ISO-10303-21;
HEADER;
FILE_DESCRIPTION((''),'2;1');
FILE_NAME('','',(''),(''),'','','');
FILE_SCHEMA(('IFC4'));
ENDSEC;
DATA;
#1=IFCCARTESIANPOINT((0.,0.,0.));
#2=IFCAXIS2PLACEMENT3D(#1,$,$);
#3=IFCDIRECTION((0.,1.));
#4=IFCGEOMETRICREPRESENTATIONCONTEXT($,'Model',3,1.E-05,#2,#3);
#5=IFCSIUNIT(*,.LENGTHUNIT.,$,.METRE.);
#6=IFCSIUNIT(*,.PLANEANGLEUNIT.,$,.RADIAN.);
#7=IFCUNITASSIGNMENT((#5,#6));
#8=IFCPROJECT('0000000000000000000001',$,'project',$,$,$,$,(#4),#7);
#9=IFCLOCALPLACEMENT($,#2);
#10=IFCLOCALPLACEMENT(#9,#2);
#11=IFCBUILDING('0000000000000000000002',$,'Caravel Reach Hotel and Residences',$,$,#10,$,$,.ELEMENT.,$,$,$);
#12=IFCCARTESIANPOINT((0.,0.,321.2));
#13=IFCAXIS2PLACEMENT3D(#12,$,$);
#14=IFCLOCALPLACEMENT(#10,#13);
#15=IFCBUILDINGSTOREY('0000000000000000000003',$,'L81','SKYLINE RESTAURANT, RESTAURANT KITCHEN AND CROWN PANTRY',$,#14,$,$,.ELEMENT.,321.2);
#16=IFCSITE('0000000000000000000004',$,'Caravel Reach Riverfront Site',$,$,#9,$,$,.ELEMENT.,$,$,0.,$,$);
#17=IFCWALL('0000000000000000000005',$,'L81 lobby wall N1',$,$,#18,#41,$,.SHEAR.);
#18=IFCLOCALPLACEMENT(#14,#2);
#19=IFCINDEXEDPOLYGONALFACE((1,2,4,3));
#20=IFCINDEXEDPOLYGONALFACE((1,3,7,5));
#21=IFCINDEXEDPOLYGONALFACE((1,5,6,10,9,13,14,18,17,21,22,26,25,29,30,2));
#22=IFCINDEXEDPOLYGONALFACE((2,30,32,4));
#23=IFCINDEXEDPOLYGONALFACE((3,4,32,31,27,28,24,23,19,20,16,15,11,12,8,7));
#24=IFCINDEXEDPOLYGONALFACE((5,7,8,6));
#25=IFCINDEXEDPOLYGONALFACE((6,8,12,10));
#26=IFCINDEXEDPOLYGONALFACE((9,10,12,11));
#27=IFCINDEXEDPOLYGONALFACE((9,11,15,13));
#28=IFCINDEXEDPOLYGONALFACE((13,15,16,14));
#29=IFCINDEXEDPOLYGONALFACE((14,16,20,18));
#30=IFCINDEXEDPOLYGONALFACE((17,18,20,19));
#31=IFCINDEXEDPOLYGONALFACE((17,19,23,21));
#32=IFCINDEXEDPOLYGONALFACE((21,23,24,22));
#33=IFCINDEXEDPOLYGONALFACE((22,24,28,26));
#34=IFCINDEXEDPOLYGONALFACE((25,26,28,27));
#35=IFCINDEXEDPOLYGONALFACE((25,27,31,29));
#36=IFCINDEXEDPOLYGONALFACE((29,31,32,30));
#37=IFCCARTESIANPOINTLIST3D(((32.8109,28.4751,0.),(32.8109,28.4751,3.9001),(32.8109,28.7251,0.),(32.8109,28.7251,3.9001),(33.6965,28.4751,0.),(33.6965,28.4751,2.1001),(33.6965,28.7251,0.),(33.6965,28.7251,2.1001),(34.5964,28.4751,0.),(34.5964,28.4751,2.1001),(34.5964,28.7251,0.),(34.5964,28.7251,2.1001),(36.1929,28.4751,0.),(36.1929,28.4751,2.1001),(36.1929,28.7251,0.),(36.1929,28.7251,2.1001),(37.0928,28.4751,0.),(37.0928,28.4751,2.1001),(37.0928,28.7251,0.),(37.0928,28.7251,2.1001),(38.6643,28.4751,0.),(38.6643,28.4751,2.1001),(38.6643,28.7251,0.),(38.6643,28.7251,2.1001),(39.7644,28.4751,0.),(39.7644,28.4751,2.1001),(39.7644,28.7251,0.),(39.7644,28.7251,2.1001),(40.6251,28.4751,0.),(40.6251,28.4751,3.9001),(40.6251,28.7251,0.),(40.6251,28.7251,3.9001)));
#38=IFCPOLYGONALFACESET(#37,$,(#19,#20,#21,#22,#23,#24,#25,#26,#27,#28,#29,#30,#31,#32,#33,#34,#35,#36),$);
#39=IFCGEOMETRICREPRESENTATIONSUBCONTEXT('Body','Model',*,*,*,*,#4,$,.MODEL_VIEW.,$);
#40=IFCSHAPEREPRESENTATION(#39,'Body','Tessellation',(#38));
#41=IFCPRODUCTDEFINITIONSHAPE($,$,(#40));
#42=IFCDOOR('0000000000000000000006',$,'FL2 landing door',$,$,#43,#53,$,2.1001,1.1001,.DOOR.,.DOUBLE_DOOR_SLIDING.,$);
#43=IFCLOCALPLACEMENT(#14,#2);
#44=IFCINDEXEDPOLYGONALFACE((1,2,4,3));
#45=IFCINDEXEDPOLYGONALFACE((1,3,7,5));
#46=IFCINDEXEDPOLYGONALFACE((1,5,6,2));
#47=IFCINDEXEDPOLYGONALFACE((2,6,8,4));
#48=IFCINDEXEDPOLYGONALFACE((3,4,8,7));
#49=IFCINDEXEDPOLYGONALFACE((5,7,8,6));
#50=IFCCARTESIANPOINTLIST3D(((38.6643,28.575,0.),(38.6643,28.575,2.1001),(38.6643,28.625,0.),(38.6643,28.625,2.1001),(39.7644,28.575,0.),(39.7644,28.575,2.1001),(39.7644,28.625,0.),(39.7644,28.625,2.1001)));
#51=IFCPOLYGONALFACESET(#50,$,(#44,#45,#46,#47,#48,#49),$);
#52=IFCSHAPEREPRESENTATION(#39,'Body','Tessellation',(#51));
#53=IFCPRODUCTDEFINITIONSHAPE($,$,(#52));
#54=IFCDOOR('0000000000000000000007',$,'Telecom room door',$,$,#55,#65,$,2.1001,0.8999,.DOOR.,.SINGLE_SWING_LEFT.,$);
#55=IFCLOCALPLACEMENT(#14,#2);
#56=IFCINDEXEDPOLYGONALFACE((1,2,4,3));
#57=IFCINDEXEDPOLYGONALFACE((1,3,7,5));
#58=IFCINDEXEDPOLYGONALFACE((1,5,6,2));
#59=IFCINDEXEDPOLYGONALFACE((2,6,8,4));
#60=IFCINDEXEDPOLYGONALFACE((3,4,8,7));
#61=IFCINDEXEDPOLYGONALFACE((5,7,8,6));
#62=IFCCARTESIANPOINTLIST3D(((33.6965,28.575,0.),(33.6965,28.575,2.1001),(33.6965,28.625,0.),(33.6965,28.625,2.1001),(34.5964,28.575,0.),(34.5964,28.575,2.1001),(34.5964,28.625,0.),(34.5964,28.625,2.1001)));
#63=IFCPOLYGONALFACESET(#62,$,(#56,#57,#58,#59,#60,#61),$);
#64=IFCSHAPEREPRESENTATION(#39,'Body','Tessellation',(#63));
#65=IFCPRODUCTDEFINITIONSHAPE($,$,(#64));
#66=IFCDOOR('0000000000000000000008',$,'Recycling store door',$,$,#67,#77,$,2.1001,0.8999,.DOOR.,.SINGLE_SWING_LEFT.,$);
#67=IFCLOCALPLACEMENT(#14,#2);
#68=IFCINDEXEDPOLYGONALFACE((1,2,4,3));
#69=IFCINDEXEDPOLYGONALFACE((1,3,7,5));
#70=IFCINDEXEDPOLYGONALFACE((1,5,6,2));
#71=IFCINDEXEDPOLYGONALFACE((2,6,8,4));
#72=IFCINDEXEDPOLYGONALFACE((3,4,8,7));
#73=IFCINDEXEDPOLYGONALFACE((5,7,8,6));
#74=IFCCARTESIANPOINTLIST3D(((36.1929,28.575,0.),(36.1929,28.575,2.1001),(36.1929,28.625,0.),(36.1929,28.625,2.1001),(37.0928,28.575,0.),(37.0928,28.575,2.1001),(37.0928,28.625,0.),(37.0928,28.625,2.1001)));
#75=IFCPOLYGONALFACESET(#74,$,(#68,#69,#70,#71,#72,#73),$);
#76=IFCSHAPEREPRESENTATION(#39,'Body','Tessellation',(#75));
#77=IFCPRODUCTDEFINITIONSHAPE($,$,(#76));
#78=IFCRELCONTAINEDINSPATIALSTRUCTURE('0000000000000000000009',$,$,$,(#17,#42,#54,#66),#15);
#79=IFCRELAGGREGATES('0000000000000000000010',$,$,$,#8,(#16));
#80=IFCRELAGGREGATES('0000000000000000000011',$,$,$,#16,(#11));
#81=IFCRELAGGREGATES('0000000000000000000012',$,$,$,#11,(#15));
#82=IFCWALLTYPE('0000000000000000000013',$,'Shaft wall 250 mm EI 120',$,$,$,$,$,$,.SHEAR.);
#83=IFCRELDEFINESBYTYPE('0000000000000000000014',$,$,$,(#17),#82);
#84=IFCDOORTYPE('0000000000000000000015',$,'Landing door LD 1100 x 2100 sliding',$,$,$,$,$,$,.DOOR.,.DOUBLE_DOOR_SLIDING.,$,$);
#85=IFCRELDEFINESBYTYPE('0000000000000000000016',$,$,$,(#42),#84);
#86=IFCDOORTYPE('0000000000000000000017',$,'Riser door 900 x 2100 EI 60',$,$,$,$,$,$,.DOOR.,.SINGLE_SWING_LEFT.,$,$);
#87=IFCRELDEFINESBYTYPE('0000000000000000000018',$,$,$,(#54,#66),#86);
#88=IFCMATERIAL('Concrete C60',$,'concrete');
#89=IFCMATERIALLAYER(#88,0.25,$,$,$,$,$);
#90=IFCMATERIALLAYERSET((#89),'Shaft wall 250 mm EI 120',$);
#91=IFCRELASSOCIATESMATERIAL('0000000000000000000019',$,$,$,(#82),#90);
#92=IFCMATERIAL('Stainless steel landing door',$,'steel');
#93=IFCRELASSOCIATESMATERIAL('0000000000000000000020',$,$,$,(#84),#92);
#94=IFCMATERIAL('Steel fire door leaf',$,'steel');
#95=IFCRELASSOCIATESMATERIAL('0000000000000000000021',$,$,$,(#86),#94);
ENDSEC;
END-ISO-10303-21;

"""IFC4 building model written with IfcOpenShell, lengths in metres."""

from ifc_helpers import new_model, si_unit, direction, frame, frame_2d, origin, place, context, subcontext, project, spatial, rectangle, extrude, material, layer, layer_set, type_object, element, fill, save


model = new_model("IFC4")

# Units and contexts
model_context = context("Model", 3, precision=1e-05, world=origin(), true_north=direction((0.0, 1.0)))
body_context = subcontext(model_context, "Body", "Model", "MODEL_VIEW")
ifc_project = project(units=[si_unit("LENGTHUNIT", "METRE"), si_unit("PLANEANGLEUNIT", "RADIAN")], contexts=[model_context])

# Site, building, storey
site_placement = place(None, origin())
site = spatial("IfcSite", under=ifc_project, at=site_placement, Name="Caravel Reach Riverfront Site", CompositionType="ELEMENT", RefElevation=0.0)
building_placement = place(site_placement, origin())
building = spatial("IfcBuilding", under=site, at=building_placement, Name="Caravel Reach Hotel and Residences", CompositionType="ELEMENT")
storey_placement = place(building_placement, frame((0.0, 0.0, 321.2)))
storey = spatial("IfcBuildingStorey", under=building, at=storey_placement, Name="L81", Description="SKYLINE RESTAURANT, RESTAURANT KITCHEN AND CROWN PANTRY", CompositionType="ELEMENT", Elevation=321.2)

# Wall, openings, doors
ifc_material_1 = material(Name="Concrete C60", Category="concrete")
ifc_layer_1 = layer(ifc_material_1, 0.25)
ifc_layer_set_1 = layer_set([ifc_layer_1], Name="Shaft wall 250 mm EI 120")
wall_type_1 = type_object("IfcWallType", Name="Shaft wall 250 mm EI 120", PredefinedType="SHEAR", material=ifc_layer_set_1)
wall_1_placement = place(storey_placement, frame((32.8108, 28.6001, 0.0), z_axis=(0.0, 0.0, 1.0), x_axis=(1.0, 0.0, 0.0)))
wall_1 = element("IfcWall", 1, at=wall_1_placement, inside=storey, type_object=wall_type_1, Name="L81 lobby wall N1", PredefinedType="SHEAR", context=body_context, shape_type="SweptSolid", body=[
    extrude(rectangle(XDim=7.8142, YDim=0.25, at=frame_2d((3.9072, 0.0))), origin(), (0.0, 0.0, 1.0), 3.9001),
])
opening_1_placement = place(wall_1_placement, frame((5.8535, 0.0, 0.0)))
opening_1 = element("IfcOpeningElement", 2, at=opening_1_placement, cuts=wall_1, PredefinedType="OPENING", context=body_context, shape_type="SweptSolid", body=[
    extrude(rectangle(XDim=1.1001, YDim=2.1001, at=frame_2d((0.55, 1.05))), frame((0.0, 0.135, 0.0), z_axis=(0.0, -1.0, 0.0), x_axis=(1.0, 0.0, 0.0)), (0.0, 0.0, 1.0), 0.27),
])
opening_2_placement = place(wall_1_placement, frame((0.8857, 0.0, 0.0)))
opening_2 = element("IfcOpeningElement", 3, at=opening_2_placement, cuts=wall_1, PredefinedType="OPENING", context=body_context, shape_type="SweptSolid", body=[
    extrude(rectangle(XDim=0.8999, YDim=2.1001, at=frame_2d((0.45, 1.05))), frame((0.0, 0.135, 0.0), z_axis=(0.0, -1.0, 0.0), x_axis=(1.0, 0.0, 0.0)), (0.0, 0.0, 1.0), 0.27),
])
opening_3_placement = place(wall_1_placement, frame((3.3821, 0.0, 0.0)))
opening_3 = element("IfcOpeningElement", 4, at=opening_3_placement, cuts=wall_1, PredefinedType="OPENING", context=body_context, shape_type="SweptSolid", body=[
    extrude(rectangle(XDim=0.8999, YDim=2.1001, at=frame_2d((0.45, 1.05))), frame((0.0, 0.135, 0.0), z_axis=(0.0, -1.0, 0.0), x_axis=(1.0, 0.0, 0.0)), (0.0, 0.0, 1.0), 0.27),
])
ifc_material_2 = material(Name="Stainless steel landing door", Category="steel")
door_type_1 = type_object("IfcDoorType", Name="Landing door LD 1100 x 2100 sliding", OperationType="DOUBLE_DOOR_SLIDING", PredefinedType="DOOR", material=ifc_material_2)
door_1_placement = place(opening_1_placement, origin())
door_1 = element("IfcDoor", 5, at=door_1_placement, inside=storey, type_object=door_type_1, Name="FL2 landing door", OperationType="DOUBLE_DOOR_SLIDING", OverallHeight=2.1001, OverallWidth=1.1001, PredefinedType="DOOR", context=body_context, shape_type="SweptSolid", body=[
    extrude(rectangle(XDim=1.1001, YDim=2.1001, at=frame_2d((0.55, 1.05))), frame((0.0, 0.0249, 0.0), z_axis=(0.0, -1.0, 0.0), x_axis=(1.0, 0.0, 0.0)), (0.0, 0.0, 1.0), 0.05),
])
fill(opening_1, door_1)
ifc_material_3 = material(Name="Steel fire door leaf", Category="steel")
door_type_2 = type_object("IfcDoorType", Name="Riser door 900 x 2100 EI 60", OperationType="SINGLE_SWING_LEFT", PredefinedType="DOOR", material=ifc_material_3)
door_2_placement = place(opening_2_placement, origin())
door_2 = element("IfcDoor", 6, at=door_2_placement, inside=storey, type_object=door_type_2, Name="Telecom room door", OperationType="SINGLE_SWING_LEFT", OverallHeight=2.1001, OverallWidth=0.8999, PredefinedType="DOOR", context=body_context, shape_type="SweptSolid", body=[
    extrude(rectangle(XDim=0.8999, YDim=2.1001, at=frame_2d((0.45, 1.05))), frame((0.0, 0.0249, 0.0), z_axis=(0.0, -1.0, 0.0), x_axis=(1.0, 0.0, 0.0)), (0.0, 0.0, 1.0), 0.05),
])
fill(opening_2, door_2)
door_3_placement = place(opening_3_placement, origin())
door_3 = element("IfcDoor", 7, at=door_3_placement, inside=storey, type_object=door_type_2, Name="Recycling store door", OperationType="SINGLE_SWING_LEFT", OverallHeight=2.1001, OverallWidth=0.8999, PredefinedType="DOOR", context=body_context, shape_type="SweptSolid", body=[
    extrude(rectangle(XDim=0.8999, YDim=2.1001, at=frame_2d((0.45, 1.05))), frame((0.0, 0.0249, 0.0), z_axis=(0.0, -1.0, 0.0), x_axis=(1.0, 0.0, 0.0)), (0.0, 0.0, 1.0), 0.05),
])
fill(opening_3, door_3)

save(model, "model.ifc")
